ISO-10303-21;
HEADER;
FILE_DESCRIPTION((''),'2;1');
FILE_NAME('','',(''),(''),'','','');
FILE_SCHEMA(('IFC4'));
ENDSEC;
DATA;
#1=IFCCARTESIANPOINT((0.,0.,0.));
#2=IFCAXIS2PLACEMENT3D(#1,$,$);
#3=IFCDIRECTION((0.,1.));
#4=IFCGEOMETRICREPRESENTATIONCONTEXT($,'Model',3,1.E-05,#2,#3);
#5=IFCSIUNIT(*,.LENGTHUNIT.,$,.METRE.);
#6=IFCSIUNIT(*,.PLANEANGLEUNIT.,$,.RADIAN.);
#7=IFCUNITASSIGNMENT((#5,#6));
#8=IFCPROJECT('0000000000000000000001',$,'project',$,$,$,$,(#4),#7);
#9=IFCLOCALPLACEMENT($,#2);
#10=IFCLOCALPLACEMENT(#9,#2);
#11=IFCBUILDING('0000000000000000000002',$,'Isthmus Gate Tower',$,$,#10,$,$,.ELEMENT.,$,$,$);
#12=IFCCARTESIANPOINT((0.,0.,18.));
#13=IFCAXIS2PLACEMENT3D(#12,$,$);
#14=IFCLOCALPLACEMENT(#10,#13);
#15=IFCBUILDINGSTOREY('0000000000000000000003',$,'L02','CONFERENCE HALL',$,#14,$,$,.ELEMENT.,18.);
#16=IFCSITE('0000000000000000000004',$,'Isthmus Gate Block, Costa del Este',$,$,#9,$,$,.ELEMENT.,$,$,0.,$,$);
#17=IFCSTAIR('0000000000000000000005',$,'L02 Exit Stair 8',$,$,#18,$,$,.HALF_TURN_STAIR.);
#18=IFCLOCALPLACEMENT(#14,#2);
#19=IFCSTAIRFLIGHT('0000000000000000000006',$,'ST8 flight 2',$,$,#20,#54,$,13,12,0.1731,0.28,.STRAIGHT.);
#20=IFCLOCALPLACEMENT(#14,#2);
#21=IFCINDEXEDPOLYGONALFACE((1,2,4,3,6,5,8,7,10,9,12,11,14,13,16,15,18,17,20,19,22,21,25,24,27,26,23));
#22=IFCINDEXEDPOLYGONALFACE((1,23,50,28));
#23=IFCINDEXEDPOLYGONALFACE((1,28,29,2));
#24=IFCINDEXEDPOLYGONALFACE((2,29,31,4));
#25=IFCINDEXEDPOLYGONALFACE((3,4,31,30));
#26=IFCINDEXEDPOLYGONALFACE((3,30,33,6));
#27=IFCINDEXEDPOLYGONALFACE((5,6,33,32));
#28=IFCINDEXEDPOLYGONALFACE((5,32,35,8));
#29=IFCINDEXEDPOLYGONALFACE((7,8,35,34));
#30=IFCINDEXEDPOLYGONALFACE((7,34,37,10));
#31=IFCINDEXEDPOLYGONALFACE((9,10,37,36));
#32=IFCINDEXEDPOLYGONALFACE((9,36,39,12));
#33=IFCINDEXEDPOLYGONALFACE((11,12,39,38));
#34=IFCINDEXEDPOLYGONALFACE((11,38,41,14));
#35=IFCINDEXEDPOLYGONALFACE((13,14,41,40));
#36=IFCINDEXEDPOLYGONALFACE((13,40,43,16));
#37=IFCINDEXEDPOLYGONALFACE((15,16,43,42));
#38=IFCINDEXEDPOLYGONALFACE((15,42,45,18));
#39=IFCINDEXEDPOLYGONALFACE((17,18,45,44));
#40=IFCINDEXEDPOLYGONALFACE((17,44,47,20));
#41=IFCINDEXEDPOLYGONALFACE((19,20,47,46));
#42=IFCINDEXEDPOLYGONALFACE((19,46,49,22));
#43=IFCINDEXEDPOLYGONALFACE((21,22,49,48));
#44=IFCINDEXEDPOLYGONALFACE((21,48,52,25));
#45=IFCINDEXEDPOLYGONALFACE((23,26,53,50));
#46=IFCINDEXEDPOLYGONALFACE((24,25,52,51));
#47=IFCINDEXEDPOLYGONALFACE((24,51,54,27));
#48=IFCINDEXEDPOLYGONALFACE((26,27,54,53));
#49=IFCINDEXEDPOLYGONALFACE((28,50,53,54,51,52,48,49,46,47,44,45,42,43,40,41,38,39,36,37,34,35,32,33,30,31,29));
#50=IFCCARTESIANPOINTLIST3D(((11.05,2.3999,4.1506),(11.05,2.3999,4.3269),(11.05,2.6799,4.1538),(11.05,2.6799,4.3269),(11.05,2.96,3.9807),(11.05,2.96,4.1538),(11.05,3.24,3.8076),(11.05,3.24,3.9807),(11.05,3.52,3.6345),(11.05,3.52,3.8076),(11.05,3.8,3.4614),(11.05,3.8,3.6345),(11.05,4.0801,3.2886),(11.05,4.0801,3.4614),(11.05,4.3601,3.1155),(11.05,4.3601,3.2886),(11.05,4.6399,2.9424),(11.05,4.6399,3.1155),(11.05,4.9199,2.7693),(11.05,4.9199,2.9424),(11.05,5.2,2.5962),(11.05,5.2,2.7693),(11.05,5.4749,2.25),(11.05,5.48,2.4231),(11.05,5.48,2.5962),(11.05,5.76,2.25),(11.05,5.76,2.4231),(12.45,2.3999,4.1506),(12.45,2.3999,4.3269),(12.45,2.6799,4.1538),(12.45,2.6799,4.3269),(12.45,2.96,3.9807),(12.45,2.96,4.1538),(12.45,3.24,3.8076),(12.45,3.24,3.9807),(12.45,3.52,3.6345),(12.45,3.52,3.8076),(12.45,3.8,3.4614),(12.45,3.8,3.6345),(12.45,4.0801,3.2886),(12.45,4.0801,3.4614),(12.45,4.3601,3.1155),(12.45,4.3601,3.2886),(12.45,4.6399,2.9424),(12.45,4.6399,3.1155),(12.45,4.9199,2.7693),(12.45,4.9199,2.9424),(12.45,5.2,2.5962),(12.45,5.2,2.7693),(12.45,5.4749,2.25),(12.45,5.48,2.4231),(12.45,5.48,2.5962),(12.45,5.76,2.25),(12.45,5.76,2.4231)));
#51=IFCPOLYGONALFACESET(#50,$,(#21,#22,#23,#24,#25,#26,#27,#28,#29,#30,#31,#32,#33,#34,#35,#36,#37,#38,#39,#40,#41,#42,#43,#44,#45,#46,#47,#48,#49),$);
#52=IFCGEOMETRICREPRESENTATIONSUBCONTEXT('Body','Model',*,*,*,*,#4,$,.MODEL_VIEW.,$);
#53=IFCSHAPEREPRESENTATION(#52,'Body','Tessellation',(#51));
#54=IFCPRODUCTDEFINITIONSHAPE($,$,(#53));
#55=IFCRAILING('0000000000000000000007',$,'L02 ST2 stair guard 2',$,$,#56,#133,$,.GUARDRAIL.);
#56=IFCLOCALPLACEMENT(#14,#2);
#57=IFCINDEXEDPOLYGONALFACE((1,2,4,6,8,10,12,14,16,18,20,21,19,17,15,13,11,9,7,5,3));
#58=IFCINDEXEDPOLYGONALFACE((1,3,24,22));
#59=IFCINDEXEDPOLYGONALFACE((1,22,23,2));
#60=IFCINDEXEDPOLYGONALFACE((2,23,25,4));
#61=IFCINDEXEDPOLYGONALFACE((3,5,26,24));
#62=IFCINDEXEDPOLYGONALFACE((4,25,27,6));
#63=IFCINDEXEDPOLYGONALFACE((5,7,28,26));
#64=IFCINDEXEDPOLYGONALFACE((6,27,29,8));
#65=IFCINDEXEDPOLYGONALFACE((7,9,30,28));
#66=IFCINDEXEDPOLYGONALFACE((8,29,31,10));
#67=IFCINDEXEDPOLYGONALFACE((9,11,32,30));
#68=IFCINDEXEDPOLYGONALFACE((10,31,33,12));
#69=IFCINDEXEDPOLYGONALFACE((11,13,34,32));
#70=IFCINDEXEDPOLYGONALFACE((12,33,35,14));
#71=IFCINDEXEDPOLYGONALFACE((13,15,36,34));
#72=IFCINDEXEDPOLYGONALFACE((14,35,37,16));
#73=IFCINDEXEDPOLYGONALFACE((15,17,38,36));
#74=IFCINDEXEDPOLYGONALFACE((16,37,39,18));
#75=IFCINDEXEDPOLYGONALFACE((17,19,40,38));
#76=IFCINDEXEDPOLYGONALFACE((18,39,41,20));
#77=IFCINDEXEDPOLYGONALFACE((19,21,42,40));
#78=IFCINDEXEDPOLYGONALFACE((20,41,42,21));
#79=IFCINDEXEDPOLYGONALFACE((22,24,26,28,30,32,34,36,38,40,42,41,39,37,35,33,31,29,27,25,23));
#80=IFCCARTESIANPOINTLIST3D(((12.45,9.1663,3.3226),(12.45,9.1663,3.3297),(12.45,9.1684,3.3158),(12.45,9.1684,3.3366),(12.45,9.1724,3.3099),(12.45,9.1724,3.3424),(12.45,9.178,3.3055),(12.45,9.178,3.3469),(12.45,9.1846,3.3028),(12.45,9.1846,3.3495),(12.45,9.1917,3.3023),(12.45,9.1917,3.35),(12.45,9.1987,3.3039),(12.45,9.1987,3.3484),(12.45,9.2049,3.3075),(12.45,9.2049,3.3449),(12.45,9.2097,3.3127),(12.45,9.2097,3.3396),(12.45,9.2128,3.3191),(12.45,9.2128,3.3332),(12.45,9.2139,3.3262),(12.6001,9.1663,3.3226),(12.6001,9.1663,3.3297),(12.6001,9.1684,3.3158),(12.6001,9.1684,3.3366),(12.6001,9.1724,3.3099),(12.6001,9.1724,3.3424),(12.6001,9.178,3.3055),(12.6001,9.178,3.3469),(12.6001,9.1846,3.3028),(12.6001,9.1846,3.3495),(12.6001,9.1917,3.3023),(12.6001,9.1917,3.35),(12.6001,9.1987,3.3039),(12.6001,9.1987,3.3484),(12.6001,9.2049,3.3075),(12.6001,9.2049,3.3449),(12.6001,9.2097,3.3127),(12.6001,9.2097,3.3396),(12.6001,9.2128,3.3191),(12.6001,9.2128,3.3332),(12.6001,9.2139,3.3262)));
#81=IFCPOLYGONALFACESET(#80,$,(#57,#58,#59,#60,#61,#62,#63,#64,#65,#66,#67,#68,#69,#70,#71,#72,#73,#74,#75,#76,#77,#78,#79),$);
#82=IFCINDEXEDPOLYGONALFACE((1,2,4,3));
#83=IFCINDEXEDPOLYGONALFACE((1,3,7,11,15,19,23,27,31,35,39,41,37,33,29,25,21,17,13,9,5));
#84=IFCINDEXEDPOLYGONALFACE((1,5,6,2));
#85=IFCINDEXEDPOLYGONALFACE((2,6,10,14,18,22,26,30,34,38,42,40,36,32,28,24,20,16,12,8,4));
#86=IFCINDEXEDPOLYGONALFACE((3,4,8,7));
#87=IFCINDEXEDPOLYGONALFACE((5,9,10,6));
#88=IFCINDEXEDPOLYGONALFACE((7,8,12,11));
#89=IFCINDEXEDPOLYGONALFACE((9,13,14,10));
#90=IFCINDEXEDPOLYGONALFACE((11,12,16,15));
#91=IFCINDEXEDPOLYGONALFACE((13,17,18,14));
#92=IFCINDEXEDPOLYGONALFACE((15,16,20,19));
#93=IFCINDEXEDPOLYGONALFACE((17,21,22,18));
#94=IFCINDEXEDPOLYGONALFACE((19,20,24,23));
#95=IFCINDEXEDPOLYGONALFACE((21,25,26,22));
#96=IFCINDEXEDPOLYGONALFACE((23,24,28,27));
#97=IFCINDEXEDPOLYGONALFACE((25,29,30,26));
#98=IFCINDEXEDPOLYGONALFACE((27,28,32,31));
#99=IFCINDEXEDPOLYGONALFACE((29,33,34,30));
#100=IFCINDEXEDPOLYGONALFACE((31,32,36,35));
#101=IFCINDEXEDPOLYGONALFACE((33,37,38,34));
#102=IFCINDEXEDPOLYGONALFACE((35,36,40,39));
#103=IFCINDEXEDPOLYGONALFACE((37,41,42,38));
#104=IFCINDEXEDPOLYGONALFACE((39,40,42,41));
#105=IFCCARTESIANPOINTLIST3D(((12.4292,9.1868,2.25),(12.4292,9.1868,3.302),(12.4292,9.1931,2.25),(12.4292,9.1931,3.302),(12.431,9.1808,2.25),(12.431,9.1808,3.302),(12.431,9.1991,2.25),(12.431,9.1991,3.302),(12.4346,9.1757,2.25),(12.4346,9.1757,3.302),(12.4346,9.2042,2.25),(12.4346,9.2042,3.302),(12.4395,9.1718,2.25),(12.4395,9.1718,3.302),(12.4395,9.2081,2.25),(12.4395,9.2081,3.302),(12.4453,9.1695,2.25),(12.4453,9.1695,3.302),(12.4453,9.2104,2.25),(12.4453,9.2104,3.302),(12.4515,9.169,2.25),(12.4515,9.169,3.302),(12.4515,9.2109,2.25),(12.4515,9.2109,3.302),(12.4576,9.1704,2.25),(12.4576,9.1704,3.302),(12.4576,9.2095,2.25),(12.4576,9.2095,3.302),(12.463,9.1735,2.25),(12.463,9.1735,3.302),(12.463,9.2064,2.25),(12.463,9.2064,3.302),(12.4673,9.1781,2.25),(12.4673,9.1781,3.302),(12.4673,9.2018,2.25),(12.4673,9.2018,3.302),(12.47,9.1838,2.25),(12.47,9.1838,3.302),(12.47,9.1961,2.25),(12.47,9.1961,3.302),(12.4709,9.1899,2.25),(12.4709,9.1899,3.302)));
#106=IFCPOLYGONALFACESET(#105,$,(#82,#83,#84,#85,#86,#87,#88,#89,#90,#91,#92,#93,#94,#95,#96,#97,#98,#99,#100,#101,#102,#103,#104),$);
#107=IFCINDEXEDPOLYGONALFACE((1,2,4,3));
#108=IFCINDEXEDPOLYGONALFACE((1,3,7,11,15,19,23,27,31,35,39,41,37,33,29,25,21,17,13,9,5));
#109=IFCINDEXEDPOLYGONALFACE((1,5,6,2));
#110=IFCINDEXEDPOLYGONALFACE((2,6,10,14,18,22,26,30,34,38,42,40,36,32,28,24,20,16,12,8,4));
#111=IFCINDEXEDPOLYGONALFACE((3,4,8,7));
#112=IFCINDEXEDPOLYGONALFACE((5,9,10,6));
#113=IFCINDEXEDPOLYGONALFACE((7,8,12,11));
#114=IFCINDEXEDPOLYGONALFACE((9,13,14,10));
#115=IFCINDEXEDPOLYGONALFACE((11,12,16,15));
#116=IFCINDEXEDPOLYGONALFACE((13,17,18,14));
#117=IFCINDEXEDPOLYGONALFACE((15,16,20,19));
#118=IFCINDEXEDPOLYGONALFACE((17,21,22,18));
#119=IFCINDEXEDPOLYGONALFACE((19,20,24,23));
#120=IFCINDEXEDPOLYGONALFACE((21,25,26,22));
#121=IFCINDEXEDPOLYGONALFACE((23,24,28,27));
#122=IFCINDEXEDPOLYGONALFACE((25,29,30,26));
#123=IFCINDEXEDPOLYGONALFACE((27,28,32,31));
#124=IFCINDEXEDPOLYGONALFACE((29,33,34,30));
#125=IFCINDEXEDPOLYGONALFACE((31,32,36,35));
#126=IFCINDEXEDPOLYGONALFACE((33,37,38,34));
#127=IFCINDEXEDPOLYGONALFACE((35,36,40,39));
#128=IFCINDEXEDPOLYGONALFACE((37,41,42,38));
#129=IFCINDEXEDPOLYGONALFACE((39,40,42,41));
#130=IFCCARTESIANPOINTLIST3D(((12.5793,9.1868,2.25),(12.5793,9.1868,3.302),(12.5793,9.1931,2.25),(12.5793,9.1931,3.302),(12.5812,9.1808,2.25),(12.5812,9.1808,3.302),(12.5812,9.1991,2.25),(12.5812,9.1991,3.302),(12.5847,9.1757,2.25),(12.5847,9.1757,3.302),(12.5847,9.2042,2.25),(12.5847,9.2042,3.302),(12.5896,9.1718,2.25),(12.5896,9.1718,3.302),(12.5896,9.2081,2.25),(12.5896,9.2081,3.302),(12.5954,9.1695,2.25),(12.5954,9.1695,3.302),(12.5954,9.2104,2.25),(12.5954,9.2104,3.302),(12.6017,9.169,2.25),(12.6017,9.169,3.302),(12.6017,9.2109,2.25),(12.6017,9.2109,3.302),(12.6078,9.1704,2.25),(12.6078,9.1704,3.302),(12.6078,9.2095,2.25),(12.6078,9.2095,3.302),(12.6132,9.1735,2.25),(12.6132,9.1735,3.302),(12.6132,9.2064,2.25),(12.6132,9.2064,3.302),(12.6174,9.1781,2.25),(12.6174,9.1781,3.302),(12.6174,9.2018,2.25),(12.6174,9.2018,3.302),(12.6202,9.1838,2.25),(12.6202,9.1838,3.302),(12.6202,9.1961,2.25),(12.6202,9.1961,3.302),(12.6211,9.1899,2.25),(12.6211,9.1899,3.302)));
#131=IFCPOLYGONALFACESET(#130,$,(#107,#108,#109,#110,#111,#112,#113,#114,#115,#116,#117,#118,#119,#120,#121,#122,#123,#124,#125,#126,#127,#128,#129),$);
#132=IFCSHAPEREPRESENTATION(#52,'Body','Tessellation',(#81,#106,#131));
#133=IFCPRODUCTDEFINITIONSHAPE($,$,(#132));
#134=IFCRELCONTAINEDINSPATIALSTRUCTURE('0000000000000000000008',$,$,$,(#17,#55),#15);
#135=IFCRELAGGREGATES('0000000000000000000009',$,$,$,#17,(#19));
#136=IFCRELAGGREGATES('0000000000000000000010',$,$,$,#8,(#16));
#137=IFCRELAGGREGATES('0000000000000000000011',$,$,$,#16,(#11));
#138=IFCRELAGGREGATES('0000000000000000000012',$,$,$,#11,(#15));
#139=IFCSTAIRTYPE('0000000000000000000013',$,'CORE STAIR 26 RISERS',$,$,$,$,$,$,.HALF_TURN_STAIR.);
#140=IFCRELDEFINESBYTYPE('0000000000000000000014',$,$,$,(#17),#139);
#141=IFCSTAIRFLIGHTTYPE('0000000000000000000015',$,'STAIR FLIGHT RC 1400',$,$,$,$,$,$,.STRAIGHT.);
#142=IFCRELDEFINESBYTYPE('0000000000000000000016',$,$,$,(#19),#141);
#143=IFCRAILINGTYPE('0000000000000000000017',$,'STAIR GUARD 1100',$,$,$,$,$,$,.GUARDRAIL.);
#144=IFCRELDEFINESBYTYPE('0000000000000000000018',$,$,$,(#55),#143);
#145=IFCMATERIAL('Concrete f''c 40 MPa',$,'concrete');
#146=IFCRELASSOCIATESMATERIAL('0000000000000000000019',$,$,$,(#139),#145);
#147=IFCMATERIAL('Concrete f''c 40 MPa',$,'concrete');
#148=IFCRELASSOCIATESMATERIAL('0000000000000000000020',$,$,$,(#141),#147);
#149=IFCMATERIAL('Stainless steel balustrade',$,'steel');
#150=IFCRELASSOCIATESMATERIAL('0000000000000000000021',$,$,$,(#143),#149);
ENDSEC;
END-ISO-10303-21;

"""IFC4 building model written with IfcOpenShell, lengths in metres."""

from ifc_helpers import new_model, si_unit, direction, frame, origin, origin_2d, place, context, subcontext, project, spatial, polyline, circle, outline, extrude, material, type_object, element, aggregate, save


model = new_model("IFC4")

# Units and contexts
model_context = context("Model", 3, precision=1e-05, world=origin(), true_north=direction((0.0, 1.0)))
body_context = subcontext(model_context, "Body", "Model", "MODEL_VIEW")
ifc_project = project(units=[si_unit("LENGTHUNIT", "METRE"), si_unit("PLANEANGLEUNIT", "RADIAN")], contexts=[model_context])

# Site, building, storey
site_placement = place(None, origin())
site = spatial("IfcSite", under=ifc_project, at=site_placement, Name="Isthmus Gate Block, Costa del Este", CompositionType="ELEMENT", RefElevation=0.0)
building_placement = place(site_placement, origin())
building = spatial("IfcBuilding", under=site, at=building_placement, Name="Isthmus Gate Tower", CompositionType="ELEMENT")
storey_placement = place(building_placement, frame((0.0, 0.0, 18.0)))
storey = spatial("IfcBuildingStorey", under=building, at=storey_placement, Name="L02", Description="CONFERENCE HALL", CompositionType="ELEMENT", Elevation=18.0)

# Stair
ifc_material_1 = material(Name="Concrete f'c 40 MPa", Category="concrete")
stair_type_1 = type_object("IfcStairType", Name="CORE STAIR 26 RISERS", PredefinedType="HALF_TURN_STAIR", material=ifc_material_1)
stair_1_placement = place(storey_placement, origin())
stair_1 = element("IfcStair", 1, at=stair_1_placement, inside=storey, type_object=stair_type_1, Name="L02 Exit Stair 8", PredefinedType="HALF_TURN_STAIR")

# Stair flight
ifc_material_2 = material(Name="Concrete f'c 40 MPa", Category="concrete")
stair_flight_type = type_object("IfcStairFlightType", Name="STAIR FLIGHT RC 1400", PredefinedType="STRAIGHT", material=ifc_material_2)
stair_flight_placement = place(storey_placement, frame((11.75, 5.76, 2.25), z_axis=(0.0, 0.0, 1.0), x_axis=(0.0, -1.0, 0.0)))
stair_flight = element("IfcStairFlight", 2, at=stair_flight_placement, type_object=stair_flight_type, Name="ST8 flight 2", NumberOfRisers=13, NumberOfTreads=12, PredefinedType="STRAIGHT", RiserHeight=0.1731, TreadLength=0.28, context=body_context, shape_type="SweptSolid", body=[
    extrude(outline(polyline([(0.0, 0.0), (0.0, 0.1731), (0.28, 0.1731), (0.28, 0.3462), (0.5601, 0.3462), (0.5601, 0.5193), (0.8401, 0.5193), (0.8401, 0.6924), (1.1201, 0.6924), (1.1201, 0.8655), (1.3999, 0.8655), (1.3999, 1.0386), (1.6799, 1.0386), (1.6799, 1.2114), (1.96, 1.2114), (1.96, 1.3845), (2.24, 1.3845), (2.24, 1.5576), (2.52, 1.5576), (2.52, 1.7307), (2.8, 1.7307), (2.8, 1.9038), (3.0801, 1.9038), (3.0801, 2.0769), (3.3601, 2.0769), (3.3601, 2.25), (3.3601, 1.9006), (0.2852, 0.0), (0.0, 0.0)])), frame((0.0, 0.7, 0.0), z_axis=(0.0, -1.0, 0.0), x_axis=(1.0, 0.0, 0.0)), (0.0, 0.0, 1.0), 1.3999),
])
aggregate(stair_1, [stair_flight])

# Railing
ifc_material_3 = material(Name="Stainless steel balustrade", Category="steel")
railing_type_1 = type_object("IfcRailingType", Name="STAIR GUARD 1100", PredefinedType="GUARDRAIL", material=ifc_material_3)
railing_1_placement = place(storey_placement, frame((12.45, 9.1899, 2.25)))
element("IfcRailing", 3, at=railing_1_placement, inside=storey, type_object=railing_type_1, Name="L02 ST2 stair guard 2", PredefinedType="GUARDRAIL", context=body_context, shape_type="SweptSolid", body=[
    extrude(circle(Radius=0.0239, at=origin_2d()), frame((0.0, 0.0, 1.0762), z_axis=(1.0, 0.0, 0.0), x_axis=(0.0, 1.0, 0.0)), (0.0, 0.0, 1.0), 0.1501),
    extrude(circle(Radius=0.021, at=origin_2d()), origin(), (0.0, 0.0, 1.0), 1.052),
    extrude(circle(Radius=0.021, at=origin_2d()), frame((0.1501, 0.0, 0.0)), (0.0, 0.0, 1.0), 1.052),
])

save(model, "model.ifc")
